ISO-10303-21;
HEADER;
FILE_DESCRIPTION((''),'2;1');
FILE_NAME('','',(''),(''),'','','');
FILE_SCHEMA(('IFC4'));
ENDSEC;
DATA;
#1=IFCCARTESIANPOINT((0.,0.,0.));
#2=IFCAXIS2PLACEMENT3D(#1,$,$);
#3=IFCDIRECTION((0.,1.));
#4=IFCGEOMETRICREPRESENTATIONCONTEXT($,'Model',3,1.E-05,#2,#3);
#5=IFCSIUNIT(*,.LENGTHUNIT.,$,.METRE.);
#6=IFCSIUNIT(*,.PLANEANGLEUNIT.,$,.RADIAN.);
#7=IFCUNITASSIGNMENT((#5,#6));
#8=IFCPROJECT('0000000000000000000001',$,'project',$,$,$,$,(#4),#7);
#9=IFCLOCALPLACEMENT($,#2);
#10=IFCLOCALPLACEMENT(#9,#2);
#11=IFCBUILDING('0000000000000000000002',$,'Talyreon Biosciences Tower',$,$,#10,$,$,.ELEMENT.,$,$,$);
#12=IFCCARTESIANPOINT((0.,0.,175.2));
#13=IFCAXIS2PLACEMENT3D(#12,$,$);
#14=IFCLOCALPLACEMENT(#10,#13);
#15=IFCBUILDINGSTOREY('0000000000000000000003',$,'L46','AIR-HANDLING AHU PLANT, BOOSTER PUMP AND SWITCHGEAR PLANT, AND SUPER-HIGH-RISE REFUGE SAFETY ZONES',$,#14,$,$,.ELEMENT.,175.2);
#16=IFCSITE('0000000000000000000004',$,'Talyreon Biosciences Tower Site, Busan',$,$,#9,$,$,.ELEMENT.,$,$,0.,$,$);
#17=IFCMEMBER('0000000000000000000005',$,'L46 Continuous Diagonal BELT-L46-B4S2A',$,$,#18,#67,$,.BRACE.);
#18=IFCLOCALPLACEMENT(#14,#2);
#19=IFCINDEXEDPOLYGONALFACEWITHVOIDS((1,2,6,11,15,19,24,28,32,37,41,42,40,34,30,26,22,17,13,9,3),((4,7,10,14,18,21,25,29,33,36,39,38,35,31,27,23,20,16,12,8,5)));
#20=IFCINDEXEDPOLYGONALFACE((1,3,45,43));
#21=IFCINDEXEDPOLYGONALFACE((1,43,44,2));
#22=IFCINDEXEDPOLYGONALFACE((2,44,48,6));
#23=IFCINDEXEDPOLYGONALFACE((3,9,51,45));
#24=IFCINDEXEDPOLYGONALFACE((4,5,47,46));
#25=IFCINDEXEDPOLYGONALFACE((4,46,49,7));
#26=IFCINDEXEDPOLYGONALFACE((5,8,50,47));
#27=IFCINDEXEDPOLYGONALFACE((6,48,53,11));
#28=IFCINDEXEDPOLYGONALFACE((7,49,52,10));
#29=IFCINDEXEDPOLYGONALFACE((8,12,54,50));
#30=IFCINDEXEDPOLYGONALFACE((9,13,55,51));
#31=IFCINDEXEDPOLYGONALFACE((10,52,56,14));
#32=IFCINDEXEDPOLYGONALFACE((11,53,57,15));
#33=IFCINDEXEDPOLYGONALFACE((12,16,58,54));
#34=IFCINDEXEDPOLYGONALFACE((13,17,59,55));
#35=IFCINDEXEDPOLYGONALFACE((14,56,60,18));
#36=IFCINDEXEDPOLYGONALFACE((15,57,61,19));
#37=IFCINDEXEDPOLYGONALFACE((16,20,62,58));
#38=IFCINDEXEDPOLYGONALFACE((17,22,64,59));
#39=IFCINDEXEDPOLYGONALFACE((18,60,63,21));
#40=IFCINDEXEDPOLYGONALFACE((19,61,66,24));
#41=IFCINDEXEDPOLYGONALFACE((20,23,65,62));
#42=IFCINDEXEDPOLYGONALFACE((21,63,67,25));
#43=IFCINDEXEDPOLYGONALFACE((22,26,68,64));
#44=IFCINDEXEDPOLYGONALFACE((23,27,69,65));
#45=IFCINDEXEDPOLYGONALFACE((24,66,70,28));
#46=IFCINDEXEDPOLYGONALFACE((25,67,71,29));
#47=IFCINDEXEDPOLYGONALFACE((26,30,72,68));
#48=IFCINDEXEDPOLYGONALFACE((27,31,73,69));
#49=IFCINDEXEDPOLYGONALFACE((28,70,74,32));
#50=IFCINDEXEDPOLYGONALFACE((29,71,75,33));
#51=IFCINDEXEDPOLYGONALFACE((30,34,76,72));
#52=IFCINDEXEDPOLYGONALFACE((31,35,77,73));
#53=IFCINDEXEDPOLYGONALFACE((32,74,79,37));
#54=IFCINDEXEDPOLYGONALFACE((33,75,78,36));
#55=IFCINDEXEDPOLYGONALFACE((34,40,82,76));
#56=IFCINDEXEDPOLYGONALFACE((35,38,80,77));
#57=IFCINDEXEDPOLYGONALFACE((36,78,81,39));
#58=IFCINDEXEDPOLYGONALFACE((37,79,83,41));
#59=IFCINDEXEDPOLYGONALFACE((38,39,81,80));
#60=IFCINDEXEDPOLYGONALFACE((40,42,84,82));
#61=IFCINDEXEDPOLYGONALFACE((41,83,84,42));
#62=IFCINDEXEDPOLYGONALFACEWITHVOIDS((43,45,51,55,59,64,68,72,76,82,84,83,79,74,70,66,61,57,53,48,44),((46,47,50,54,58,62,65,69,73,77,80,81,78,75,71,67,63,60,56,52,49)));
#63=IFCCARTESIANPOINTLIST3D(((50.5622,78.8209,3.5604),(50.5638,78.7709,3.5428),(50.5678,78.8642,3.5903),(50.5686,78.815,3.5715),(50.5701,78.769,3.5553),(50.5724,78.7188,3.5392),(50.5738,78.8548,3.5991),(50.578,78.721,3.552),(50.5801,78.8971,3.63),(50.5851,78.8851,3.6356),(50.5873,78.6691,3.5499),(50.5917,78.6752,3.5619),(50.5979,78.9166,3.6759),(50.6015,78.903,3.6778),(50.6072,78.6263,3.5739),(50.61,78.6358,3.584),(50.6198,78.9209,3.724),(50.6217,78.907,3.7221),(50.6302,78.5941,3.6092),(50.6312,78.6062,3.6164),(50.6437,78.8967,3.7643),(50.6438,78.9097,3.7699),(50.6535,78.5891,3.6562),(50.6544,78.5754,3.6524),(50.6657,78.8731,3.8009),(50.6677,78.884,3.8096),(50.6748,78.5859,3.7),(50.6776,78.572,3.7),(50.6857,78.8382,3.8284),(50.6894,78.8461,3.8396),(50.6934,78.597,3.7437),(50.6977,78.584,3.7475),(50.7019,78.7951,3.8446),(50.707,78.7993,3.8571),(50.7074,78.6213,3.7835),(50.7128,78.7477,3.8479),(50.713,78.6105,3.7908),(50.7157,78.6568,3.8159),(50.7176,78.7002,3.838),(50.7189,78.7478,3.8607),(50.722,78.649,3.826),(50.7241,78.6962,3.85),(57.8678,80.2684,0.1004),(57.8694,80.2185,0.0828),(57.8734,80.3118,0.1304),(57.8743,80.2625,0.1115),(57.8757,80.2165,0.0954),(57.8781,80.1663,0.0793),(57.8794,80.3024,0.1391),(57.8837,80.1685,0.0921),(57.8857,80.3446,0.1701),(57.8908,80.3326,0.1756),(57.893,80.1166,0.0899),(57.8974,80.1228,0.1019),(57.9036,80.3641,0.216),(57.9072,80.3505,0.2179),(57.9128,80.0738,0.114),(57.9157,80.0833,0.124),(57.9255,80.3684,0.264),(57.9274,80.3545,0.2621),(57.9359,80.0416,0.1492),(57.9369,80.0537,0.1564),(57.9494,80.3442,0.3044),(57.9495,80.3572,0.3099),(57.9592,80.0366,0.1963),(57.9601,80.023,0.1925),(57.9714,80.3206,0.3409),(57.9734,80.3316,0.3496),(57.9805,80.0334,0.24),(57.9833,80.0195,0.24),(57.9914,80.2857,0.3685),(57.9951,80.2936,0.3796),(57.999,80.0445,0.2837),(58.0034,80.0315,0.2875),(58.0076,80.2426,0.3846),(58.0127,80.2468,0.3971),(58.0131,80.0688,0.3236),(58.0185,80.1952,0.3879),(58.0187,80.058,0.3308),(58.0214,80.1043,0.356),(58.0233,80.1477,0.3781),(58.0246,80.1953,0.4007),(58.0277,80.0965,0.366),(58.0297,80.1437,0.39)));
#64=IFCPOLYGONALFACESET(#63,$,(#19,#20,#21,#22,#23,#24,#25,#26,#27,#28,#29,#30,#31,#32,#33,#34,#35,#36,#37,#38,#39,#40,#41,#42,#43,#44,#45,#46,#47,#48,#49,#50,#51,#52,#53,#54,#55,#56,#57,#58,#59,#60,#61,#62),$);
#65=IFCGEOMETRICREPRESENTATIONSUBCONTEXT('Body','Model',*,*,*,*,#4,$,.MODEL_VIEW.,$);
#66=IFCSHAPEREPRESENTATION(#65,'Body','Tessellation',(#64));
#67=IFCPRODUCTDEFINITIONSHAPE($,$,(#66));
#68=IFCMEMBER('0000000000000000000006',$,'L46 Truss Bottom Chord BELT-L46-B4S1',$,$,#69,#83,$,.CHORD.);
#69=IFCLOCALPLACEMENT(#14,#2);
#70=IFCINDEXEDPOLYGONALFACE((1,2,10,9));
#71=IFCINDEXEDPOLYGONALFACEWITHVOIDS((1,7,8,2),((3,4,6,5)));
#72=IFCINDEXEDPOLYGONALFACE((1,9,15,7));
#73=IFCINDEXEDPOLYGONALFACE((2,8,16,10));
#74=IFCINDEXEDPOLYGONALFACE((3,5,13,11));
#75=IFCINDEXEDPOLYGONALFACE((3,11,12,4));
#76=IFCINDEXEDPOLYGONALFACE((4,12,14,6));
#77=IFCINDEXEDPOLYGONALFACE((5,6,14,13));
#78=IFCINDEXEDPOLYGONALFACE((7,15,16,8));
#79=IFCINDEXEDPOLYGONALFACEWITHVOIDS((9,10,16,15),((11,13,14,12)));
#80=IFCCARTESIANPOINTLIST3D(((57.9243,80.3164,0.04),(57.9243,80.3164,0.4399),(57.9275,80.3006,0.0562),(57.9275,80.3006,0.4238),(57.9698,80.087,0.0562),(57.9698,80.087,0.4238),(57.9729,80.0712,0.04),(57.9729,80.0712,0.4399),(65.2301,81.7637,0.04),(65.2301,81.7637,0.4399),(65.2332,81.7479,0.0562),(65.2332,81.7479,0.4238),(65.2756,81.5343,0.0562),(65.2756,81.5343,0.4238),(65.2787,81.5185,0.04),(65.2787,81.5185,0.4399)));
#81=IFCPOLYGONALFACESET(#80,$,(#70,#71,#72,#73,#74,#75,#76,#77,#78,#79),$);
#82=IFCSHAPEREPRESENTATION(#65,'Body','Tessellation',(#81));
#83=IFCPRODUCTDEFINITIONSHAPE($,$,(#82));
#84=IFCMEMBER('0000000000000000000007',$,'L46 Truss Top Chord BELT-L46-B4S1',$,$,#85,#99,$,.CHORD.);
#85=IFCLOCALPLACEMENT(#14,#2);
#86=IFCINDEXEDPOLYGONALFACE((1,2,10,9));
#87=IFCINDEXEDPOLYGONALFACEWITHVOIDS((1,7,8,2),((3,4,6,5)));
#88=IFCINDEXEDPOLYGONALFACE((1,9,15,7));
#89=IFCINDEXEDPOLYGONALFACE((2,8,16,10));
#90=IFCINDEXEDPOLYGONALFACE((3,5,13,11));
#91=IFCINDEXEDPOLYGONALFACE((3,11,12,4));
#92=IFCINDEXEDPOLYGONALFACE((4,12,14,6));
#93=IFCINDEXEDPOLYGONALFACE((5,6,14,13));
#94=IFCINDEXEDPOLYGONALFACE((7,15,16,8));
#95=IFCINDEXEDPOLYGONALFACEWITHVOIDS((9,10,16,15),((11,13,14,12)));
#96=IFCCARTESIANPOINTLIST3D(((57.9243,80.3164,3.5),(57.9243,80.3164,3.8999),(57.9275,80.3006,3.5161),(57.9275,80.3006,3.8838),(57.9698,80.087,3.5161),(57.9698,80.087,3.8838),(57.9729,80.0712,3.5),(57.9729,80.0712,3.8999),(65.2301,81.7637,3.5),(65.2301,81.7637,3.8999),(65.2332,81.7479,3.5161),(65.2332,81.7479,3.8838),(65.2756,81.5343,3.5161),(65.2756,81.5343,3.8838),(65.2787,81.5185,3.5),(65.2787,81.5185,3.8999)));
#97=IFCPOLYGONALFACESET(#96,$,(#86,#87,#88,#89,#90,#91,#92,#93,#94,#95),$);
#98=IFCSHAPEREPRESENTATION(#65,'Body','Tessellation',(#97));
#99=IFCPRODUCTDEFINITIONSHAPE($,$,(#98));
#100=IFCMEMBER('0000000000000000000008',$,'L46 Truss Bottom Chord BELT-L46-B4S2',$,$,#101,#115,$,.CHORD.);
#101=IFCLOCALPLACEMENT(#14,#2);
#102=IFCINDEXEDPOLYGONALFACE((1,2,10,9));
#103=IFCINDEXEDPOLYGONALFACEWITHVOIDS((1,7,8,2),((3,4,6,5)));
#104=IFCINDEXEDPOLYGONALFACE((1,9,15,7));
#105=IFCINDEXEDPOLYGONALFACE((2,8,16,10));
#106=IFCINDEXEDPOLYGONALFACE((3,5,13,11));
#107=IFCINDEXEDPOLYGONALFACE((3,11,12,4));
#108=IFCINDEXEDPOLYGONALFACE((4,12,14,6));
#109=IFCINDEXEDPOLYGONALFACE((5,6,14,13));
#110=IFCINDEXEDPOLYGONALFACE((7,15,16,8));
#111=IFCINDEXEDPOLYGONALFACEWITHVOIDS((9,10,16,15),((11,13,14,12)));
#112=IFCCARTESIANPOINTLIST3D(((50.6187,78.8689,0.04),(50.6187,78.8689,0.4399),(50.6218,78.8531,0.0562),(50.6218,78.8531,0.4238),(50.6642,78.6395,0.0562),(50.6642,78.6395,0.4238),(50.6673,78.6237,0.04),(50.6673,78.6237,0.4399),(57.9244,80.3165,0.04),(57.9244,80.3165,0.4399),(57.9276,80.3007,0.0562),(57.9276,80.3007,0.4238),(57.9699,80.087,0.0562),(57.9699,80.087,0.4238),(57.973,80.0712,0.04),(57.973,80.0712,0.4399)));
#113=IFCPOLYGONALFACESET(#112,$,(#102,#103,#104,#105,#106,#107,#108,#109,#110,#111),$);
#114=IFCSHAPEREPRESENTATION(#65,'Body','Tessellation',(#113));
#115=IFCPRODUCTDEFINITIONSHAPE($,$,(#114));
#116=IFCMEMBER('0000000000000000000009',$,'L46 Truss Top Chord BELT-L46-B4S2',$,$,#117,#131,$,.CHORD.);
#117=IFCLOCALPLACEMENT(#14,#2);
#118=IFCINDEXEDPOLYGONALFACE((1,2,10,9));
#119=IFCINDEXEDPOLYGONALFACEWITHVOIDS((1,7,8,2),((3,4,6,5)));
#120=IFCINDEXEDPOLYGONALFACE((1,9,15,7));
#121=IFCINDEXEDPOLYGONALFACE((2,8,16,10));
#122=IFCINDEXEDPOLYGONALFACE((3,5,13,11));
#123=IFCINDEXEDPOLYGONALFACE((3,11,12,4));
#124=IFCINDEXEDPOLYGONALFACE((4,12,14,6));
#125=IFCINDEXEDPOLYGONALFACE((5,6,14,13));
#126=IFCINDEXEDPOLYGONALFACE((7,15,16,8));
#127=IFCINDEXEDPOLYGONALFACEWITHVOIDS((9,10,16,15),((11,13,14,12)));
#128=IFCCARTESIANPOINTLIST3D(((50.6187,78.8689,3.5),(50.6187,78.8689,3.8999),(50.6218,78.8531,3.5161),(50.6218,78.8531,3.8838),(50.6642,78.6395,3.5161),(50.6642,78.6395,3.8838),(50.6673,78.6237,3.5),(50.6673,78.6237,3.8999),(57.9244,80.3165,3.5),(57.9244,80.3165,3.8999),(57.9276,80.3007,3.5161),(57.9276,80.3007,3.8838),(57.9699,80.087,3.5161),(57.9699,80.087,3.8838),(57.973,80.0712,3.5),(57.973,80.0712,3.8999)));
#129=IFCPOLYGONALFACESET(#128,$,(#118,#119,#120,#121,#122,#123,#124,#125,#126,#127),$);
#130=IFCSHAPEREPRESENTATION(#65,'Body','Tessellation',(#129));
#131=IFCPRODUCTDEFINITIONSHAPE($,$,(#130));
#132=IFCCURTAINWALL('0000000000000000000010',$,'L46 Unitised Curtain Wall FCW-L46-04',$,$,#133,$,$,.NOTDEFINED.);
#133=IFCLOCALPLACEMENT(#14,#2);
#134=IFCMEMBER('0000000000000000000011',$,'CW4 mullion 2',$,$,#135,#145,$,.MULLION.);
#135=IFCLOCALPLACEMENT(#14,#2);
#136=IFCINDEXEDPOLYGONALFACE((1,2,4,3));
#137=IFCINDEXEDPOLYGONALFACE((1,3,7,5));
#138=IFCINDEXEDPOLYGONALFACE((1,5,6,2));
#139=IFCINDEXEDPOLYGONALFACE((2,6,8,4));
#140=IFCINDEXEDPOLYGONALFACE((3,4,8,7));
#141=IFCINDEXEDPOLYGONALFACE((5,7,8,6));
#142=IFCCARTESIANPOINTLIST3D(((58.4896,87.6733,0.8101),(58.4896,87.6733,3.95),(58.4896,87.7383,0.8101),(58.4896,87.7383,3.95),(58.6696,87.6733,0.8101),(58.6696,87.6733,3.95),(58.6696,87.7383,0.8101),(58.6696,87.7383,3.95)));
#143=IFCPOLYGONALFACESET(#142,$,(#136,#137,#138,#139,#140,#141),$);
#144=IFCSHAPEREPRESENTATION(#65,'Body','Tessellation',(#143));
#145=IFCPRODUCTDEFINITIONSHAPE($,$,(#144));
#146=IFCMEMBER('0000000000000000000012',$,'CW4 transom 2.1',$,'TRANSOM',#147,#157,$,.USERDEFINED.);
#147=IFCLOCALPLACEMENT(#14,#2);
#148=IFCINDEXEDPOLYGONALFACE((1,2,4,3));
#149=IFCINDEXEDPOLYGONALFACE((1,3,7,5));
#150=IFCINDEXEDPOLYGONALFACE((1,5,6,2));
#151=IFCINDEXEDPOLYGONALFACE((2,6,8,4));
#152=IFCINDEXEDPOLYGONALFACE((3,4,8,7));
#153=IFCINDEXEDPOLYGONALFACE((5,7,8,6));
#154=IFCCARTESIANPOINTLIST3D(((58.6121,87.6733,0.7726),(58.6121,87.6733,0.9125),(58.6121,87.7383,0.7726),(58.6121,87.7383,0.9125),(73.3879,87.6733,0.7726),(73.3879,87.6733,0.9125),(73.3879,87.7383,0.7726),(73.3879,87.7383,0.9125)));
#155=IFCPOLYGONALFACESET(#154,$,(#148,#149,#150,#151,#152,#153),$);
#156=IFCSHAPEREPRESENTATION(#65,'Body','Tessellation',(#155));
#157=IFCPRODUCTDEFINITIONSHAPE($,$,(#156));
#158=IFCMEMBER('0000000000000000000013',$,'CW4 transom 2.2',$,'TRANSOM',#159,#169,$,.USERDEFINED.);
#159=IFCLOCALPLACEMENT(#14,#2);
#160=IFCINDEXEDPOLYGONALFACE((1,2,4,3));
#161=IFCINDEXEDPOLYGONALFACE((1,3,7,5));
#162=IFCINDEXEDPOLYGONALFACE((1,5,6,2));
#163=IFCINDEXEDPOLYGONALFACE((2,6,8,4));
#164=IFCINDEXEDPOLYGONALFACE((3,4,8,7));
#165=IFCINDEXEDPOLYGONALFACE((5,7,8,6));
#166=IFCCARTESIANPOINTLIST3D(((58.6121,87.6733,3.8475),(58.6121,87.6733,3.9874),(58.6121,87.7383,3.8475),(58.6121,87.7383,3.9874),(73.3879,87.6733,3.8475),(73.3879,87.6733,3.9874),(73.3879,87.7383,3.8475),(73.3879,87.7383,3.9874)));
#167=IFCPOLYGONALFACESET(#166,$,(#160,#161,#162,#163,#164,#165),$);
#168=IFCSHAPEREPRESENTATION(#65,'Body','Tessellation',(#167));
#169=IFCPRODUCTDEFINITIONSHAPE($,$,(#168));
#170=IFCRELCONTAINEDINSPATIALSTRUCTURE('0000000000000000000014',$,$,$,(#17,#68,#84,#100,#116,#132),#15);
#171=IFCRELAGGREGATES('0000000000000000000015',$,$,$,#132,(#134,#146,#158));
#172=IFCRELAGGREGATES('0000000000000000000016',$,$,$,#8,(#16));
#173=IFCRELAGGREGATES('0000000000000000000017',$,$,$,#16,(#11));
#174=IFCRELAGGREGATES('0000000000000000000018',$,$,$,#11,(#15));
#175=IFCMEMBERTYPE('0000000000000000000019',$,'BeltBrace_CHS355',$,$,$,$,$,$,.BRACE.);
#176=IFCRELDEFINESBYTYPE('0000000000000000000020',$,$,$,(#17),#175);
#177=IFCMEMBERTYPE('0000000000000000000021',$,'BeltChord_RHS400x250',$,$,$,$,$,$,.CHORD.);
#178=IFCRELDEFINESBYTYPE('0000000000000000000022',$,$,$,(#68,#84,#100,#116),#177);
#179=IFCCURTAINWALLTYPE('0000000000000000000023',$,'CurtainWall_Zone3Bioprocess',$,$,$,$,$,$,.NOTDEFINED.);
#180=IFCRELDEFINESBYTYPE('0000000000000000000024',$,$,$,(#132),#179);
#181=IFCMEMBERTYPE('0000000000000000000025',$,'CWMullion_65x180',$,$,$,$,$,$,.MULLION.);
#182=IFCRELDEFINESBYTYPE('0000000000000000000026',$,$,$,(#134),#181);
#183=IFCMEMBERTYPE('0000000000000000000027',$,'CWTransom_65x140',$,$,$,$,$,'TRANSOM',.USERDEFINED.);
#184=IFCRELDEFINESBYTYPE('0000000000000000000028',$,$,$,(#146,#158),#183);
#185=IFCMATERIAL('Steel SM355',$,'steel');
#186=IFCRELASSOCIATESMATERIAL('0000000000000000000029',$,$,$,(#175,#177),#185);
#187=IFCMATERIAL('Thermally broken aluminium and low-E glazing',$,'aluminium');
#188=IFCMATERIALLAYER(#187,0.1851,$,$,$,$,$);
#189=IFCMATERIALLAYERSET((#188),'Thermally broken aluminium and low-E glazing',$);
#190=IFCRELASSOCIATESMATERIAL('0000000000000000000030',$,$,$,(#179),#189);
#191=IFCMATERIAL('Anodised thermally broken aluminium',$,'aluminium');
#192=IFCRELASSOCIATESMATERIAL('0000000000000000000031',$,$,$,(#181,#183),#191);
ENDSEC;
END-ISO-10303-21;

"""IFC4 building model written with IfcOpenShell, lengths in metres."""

from ifc_helpers import new_model, si_unit, direction, frame, origin, origin_2d, place, context, subcontext, project, spatial, rectangle, hollow_rectangle, hollow_circle, extrude, material, layer, layer_set, material_profile, profile_set, type_object, element, aggregate, save


model = new_model("IFC4")

# Units and contexts
model_context = context("Model", 3, precision=1e-05, world=origin(), true_north=direction((0.0, 1.0)))
body_context = subcontext(model_context, "Body", "Model", "MODEL_VIEW")
ifc_project = project(units=[si_unit("LENGTHUNIT", "METRE"), si_unit("PLANEANGLEUNIT", "RADIAN")], contexts=[model_context])

# Site, building, storey
site_placement = place(None, origin())
site = spatial("IfcSite", under=ifc_project, at=site_placement, Name="Talyreon Biosciences Tower Site, Busan", CompositionType="ELEMENT", RefElevation=0.0)
building_placement = place(site_placement, origin())
building = spatial("IfcBuilding", under=site, at=building_placement, Name="Talyreon Biosciences Tower", CompositionType="ELEMENT")
storey_placement = place(building_placement, frame((0.0, 0.0, 175.2)))
storey = spatial("IfcBuildingStorey", under=building, at=storey_placement, Name="L46", Description="AIR-HANDLING AHU PLANT, BOOSTER PUMP AND SWITCHGEAR PLANT, AND SUPER-HIGH-RISE REFUGE SAFETY ZONES", CompositionType="ELEMENT", Elevation=175.2)

# Members
ifc_material_1 = material(Name="Steel SM355", Category="steel")
ifc_material_profile_1 = material_profile(ifc_material_1, hollow_circle(Radius=0.1777, WallThickness=0.0142, at=origin_2d()), Name="CHS 355.6x14.2")
ifc_profile_set_1 = profile_set([ifc_material_profile_1], Name="Steel SM355")
member_type_1 = type_object("IfcMemberType", Name="BeltBrace_CHS355", PredefinedType="BRACE", material=ifc_profile_set_1)
member_1_placement = place(storey_placement, frame((57.9487, 80.1938, 0.24), z_axis=(-0.889617, -0.176264, 0.421322), x_axis=(0.194357, -0.980931, 0.0)))
element("IfcMember", 1, at=member_1_placement, inside=storey, type_object=member_type_1, Name="L46 Continuous Diagonal BELT-L46-B4S2A", PredefinedType="BRACE", context=body_context, shape_type="SweptSolid", body=[
    extrude(hollow_circle(Radius=0.1777, WallThickness=0.0142, at=origin_2d()), origin(), (0.0, 0.0, 1.0), 8.2122),
])
ifc_material_profile_2 = material_profile(ifc_material_1, hollow_rectangle(XDim=0.25, YDim=0.3999, WallThickness=0.0161, at=origin_2d()), Name="RHS 400x250x16")
ifc_profile_set_2 = profile_set([ifc_material_profile_2], Name="Steel SM355")
member_type_2 = type_object("IfcMemberType", Name="BeltChord_RHS400x250", PredefinedType="CHORD", material=ifc_profile_set_2)
for number, where, z_axis, x_axis, name in (
    (2, (65.2544, 81.6411, 0.24), (-0.980937, -0.194325, 0.0), (0.194325, -0.980937, 0.0), "L46 Truss Bottom Chord BELT-L46-B4S1"),
    (3, (65.2544, 81.6411, 3.7), (-0.980937, -0.194325, 0.0), (0.194325, -0.980937, 0.0), "L46 Truss Top Chord BELT-L46-B4S1"),
    (4, (57.9487, 80.1938, 0.24), (-0.980931, -0.194357, 0.0), (0.194357, -0.980931, 0.0), "L46 Truss Bottom Chord BELT-L46-B4S2"),
    (5, (57.9487, 80.1938, 3.7), (-0.980931, -0.194357, 0.0), (0.194357, -0.980931, 0.0), "L46 Truss Top Chord BELT-L46-B4S2"),
):
    element("IfcMember", number, at=place(storey_placement, frame(where, z_axis=z_axis, x_axis=x_axis)), inside=storey, type_object=member_type_2, Name=name, PredefinedType="CHORD", context=body_context, shape_type="SweptSolid", body=[
        extrude(hollow_rectangle(XDim=0.25, YDim=0.3999, WallThickness=0.0161, at=origin_2d()), origin(), (0.0, 0.0, 1.0), 7.4478),
    ])

# Curtain wall, members
ifc_material_2 = material(Name="Thermally broken aluminium and low-E glazing", Category="aluminium")
ifc_layer_1 = layer(ifc_material_2, 0.1851)
ifc_layer_set_1 = layer_set([ifc_layer_1], Name="Thermally broken aluminium and low-E glazing")
curtain_wall_type = type_object("IfcCurtainWallType", Name="CurtainWall_Zone3Bioprocess", PredefinedType="NOTDEFINED", material=ifc_layer_set_1)
curtain_wall_placement = place(storey_placement, origin())
curtain_wall = element("IfcCurtainWall", 6, at=curtain_wall_placement, inside=storey, type_object=curtain_wall_type, Name="L46 Unitised Curtain Wall FCW-L46-04", PredefinedType="NOTDEFINED")
ifc_material_3 = material(Name="Anodised thermally broken aluminium", Category="aluminium")
ifc_material_profile_3 = material_profile(ifc_material_3, rectangle(XDim=0.0649, YDim=0.1799, at=origin_2d()), Name="ALUM MULLION 65x180")
ifc_profile_set_3 = profile_set([ifc_material_profile_3], Name="Anodised thermally broken aluminium")
member_type_3 = type_object("IfcMemberType", Name="CWMullion_65x180", PredefinedType="MULLION", material=ifc_profile_set_3)
member_2_placement = place(storey_placement, frame((58.5796, 87.7058, 0.8101), z_axis=(0.0, 0.0, 1.0), x_axis=(0.0, 1.0, 0.0)))
member_2 = element("IfcMember", 7, at=member_2_placement, type_object=member_type_3, Name="CW4 mullion 2", PredefinedType="MULLION", context=body_context, shape_type="SweptSolid", body=[
    extrude(rectangle(XDim=0.0649, YDim=0.1799, at=origin_2d()), origin(), (0.0, 0.0, 1.0), 3.1399),
])
ifc_material_profile_4 = material_profile(ifc_material_3, rectangle(XDim=0.0649, YDim=0.1399, at=origin_2d()), Name="ALUM TRANSOM 65x140")
ifc_profile_set_4 = profile_set([ifc_material_profile_4], Name="Anodised thermally broken aluminium")
member_type_4 = type_object("IfcMemberType", Name="CWTransom_65x140", ElementType="TRANSOM", PredefinedType="USERDEFINED", material=ifc_profile_set_4)
member_3_placement = place(storey_placement, frame((58.6121, 87.7058, 0.8425), z_axis=(1.0, 0.0, 0.0), x_axis=(0.0, 1.0, 0.0)))
member_3 = element("IfcMember", 8, at=member_3_placement, type_object=member_type_4, Name="CW4 transom 2.1", ObjectType="TRANSOM", PredefinedType="USERDEFINED", context=body_context, shape_type="SweptSolid", body=[
    extrude(rectangle(XDim=0.0649, YDim=0.1399, at=origin_2d()), origin(), (0.0, 0.0, 1.0), 14.7759),
])
member_4_placement = place(storey_placement, frame((58.6121, 87.7058, 3.9175), z_axis=(1.0, 0.0, 0.0), x_axis=(0.0, 1.0, 0.0)))
member_4 = element("IfcMember", 9, at=member_4_placement, type_object=member_type_4, Name="CW4 transom 2.2", ObjectType="TRANSOM", PredefinedType="USERDEFINED", context=body_context, shape_type="SweptSolid", body=[
    extrude(rectangle(XDim=0.0649, YDim=0.1399, at=origin_2d()), origin(), (0.0, 0.0, 1.0), 14.7759),
])
aggregate(curtain_wall, [member_2, member_3, member_4])

save(model, "model.ifc")
